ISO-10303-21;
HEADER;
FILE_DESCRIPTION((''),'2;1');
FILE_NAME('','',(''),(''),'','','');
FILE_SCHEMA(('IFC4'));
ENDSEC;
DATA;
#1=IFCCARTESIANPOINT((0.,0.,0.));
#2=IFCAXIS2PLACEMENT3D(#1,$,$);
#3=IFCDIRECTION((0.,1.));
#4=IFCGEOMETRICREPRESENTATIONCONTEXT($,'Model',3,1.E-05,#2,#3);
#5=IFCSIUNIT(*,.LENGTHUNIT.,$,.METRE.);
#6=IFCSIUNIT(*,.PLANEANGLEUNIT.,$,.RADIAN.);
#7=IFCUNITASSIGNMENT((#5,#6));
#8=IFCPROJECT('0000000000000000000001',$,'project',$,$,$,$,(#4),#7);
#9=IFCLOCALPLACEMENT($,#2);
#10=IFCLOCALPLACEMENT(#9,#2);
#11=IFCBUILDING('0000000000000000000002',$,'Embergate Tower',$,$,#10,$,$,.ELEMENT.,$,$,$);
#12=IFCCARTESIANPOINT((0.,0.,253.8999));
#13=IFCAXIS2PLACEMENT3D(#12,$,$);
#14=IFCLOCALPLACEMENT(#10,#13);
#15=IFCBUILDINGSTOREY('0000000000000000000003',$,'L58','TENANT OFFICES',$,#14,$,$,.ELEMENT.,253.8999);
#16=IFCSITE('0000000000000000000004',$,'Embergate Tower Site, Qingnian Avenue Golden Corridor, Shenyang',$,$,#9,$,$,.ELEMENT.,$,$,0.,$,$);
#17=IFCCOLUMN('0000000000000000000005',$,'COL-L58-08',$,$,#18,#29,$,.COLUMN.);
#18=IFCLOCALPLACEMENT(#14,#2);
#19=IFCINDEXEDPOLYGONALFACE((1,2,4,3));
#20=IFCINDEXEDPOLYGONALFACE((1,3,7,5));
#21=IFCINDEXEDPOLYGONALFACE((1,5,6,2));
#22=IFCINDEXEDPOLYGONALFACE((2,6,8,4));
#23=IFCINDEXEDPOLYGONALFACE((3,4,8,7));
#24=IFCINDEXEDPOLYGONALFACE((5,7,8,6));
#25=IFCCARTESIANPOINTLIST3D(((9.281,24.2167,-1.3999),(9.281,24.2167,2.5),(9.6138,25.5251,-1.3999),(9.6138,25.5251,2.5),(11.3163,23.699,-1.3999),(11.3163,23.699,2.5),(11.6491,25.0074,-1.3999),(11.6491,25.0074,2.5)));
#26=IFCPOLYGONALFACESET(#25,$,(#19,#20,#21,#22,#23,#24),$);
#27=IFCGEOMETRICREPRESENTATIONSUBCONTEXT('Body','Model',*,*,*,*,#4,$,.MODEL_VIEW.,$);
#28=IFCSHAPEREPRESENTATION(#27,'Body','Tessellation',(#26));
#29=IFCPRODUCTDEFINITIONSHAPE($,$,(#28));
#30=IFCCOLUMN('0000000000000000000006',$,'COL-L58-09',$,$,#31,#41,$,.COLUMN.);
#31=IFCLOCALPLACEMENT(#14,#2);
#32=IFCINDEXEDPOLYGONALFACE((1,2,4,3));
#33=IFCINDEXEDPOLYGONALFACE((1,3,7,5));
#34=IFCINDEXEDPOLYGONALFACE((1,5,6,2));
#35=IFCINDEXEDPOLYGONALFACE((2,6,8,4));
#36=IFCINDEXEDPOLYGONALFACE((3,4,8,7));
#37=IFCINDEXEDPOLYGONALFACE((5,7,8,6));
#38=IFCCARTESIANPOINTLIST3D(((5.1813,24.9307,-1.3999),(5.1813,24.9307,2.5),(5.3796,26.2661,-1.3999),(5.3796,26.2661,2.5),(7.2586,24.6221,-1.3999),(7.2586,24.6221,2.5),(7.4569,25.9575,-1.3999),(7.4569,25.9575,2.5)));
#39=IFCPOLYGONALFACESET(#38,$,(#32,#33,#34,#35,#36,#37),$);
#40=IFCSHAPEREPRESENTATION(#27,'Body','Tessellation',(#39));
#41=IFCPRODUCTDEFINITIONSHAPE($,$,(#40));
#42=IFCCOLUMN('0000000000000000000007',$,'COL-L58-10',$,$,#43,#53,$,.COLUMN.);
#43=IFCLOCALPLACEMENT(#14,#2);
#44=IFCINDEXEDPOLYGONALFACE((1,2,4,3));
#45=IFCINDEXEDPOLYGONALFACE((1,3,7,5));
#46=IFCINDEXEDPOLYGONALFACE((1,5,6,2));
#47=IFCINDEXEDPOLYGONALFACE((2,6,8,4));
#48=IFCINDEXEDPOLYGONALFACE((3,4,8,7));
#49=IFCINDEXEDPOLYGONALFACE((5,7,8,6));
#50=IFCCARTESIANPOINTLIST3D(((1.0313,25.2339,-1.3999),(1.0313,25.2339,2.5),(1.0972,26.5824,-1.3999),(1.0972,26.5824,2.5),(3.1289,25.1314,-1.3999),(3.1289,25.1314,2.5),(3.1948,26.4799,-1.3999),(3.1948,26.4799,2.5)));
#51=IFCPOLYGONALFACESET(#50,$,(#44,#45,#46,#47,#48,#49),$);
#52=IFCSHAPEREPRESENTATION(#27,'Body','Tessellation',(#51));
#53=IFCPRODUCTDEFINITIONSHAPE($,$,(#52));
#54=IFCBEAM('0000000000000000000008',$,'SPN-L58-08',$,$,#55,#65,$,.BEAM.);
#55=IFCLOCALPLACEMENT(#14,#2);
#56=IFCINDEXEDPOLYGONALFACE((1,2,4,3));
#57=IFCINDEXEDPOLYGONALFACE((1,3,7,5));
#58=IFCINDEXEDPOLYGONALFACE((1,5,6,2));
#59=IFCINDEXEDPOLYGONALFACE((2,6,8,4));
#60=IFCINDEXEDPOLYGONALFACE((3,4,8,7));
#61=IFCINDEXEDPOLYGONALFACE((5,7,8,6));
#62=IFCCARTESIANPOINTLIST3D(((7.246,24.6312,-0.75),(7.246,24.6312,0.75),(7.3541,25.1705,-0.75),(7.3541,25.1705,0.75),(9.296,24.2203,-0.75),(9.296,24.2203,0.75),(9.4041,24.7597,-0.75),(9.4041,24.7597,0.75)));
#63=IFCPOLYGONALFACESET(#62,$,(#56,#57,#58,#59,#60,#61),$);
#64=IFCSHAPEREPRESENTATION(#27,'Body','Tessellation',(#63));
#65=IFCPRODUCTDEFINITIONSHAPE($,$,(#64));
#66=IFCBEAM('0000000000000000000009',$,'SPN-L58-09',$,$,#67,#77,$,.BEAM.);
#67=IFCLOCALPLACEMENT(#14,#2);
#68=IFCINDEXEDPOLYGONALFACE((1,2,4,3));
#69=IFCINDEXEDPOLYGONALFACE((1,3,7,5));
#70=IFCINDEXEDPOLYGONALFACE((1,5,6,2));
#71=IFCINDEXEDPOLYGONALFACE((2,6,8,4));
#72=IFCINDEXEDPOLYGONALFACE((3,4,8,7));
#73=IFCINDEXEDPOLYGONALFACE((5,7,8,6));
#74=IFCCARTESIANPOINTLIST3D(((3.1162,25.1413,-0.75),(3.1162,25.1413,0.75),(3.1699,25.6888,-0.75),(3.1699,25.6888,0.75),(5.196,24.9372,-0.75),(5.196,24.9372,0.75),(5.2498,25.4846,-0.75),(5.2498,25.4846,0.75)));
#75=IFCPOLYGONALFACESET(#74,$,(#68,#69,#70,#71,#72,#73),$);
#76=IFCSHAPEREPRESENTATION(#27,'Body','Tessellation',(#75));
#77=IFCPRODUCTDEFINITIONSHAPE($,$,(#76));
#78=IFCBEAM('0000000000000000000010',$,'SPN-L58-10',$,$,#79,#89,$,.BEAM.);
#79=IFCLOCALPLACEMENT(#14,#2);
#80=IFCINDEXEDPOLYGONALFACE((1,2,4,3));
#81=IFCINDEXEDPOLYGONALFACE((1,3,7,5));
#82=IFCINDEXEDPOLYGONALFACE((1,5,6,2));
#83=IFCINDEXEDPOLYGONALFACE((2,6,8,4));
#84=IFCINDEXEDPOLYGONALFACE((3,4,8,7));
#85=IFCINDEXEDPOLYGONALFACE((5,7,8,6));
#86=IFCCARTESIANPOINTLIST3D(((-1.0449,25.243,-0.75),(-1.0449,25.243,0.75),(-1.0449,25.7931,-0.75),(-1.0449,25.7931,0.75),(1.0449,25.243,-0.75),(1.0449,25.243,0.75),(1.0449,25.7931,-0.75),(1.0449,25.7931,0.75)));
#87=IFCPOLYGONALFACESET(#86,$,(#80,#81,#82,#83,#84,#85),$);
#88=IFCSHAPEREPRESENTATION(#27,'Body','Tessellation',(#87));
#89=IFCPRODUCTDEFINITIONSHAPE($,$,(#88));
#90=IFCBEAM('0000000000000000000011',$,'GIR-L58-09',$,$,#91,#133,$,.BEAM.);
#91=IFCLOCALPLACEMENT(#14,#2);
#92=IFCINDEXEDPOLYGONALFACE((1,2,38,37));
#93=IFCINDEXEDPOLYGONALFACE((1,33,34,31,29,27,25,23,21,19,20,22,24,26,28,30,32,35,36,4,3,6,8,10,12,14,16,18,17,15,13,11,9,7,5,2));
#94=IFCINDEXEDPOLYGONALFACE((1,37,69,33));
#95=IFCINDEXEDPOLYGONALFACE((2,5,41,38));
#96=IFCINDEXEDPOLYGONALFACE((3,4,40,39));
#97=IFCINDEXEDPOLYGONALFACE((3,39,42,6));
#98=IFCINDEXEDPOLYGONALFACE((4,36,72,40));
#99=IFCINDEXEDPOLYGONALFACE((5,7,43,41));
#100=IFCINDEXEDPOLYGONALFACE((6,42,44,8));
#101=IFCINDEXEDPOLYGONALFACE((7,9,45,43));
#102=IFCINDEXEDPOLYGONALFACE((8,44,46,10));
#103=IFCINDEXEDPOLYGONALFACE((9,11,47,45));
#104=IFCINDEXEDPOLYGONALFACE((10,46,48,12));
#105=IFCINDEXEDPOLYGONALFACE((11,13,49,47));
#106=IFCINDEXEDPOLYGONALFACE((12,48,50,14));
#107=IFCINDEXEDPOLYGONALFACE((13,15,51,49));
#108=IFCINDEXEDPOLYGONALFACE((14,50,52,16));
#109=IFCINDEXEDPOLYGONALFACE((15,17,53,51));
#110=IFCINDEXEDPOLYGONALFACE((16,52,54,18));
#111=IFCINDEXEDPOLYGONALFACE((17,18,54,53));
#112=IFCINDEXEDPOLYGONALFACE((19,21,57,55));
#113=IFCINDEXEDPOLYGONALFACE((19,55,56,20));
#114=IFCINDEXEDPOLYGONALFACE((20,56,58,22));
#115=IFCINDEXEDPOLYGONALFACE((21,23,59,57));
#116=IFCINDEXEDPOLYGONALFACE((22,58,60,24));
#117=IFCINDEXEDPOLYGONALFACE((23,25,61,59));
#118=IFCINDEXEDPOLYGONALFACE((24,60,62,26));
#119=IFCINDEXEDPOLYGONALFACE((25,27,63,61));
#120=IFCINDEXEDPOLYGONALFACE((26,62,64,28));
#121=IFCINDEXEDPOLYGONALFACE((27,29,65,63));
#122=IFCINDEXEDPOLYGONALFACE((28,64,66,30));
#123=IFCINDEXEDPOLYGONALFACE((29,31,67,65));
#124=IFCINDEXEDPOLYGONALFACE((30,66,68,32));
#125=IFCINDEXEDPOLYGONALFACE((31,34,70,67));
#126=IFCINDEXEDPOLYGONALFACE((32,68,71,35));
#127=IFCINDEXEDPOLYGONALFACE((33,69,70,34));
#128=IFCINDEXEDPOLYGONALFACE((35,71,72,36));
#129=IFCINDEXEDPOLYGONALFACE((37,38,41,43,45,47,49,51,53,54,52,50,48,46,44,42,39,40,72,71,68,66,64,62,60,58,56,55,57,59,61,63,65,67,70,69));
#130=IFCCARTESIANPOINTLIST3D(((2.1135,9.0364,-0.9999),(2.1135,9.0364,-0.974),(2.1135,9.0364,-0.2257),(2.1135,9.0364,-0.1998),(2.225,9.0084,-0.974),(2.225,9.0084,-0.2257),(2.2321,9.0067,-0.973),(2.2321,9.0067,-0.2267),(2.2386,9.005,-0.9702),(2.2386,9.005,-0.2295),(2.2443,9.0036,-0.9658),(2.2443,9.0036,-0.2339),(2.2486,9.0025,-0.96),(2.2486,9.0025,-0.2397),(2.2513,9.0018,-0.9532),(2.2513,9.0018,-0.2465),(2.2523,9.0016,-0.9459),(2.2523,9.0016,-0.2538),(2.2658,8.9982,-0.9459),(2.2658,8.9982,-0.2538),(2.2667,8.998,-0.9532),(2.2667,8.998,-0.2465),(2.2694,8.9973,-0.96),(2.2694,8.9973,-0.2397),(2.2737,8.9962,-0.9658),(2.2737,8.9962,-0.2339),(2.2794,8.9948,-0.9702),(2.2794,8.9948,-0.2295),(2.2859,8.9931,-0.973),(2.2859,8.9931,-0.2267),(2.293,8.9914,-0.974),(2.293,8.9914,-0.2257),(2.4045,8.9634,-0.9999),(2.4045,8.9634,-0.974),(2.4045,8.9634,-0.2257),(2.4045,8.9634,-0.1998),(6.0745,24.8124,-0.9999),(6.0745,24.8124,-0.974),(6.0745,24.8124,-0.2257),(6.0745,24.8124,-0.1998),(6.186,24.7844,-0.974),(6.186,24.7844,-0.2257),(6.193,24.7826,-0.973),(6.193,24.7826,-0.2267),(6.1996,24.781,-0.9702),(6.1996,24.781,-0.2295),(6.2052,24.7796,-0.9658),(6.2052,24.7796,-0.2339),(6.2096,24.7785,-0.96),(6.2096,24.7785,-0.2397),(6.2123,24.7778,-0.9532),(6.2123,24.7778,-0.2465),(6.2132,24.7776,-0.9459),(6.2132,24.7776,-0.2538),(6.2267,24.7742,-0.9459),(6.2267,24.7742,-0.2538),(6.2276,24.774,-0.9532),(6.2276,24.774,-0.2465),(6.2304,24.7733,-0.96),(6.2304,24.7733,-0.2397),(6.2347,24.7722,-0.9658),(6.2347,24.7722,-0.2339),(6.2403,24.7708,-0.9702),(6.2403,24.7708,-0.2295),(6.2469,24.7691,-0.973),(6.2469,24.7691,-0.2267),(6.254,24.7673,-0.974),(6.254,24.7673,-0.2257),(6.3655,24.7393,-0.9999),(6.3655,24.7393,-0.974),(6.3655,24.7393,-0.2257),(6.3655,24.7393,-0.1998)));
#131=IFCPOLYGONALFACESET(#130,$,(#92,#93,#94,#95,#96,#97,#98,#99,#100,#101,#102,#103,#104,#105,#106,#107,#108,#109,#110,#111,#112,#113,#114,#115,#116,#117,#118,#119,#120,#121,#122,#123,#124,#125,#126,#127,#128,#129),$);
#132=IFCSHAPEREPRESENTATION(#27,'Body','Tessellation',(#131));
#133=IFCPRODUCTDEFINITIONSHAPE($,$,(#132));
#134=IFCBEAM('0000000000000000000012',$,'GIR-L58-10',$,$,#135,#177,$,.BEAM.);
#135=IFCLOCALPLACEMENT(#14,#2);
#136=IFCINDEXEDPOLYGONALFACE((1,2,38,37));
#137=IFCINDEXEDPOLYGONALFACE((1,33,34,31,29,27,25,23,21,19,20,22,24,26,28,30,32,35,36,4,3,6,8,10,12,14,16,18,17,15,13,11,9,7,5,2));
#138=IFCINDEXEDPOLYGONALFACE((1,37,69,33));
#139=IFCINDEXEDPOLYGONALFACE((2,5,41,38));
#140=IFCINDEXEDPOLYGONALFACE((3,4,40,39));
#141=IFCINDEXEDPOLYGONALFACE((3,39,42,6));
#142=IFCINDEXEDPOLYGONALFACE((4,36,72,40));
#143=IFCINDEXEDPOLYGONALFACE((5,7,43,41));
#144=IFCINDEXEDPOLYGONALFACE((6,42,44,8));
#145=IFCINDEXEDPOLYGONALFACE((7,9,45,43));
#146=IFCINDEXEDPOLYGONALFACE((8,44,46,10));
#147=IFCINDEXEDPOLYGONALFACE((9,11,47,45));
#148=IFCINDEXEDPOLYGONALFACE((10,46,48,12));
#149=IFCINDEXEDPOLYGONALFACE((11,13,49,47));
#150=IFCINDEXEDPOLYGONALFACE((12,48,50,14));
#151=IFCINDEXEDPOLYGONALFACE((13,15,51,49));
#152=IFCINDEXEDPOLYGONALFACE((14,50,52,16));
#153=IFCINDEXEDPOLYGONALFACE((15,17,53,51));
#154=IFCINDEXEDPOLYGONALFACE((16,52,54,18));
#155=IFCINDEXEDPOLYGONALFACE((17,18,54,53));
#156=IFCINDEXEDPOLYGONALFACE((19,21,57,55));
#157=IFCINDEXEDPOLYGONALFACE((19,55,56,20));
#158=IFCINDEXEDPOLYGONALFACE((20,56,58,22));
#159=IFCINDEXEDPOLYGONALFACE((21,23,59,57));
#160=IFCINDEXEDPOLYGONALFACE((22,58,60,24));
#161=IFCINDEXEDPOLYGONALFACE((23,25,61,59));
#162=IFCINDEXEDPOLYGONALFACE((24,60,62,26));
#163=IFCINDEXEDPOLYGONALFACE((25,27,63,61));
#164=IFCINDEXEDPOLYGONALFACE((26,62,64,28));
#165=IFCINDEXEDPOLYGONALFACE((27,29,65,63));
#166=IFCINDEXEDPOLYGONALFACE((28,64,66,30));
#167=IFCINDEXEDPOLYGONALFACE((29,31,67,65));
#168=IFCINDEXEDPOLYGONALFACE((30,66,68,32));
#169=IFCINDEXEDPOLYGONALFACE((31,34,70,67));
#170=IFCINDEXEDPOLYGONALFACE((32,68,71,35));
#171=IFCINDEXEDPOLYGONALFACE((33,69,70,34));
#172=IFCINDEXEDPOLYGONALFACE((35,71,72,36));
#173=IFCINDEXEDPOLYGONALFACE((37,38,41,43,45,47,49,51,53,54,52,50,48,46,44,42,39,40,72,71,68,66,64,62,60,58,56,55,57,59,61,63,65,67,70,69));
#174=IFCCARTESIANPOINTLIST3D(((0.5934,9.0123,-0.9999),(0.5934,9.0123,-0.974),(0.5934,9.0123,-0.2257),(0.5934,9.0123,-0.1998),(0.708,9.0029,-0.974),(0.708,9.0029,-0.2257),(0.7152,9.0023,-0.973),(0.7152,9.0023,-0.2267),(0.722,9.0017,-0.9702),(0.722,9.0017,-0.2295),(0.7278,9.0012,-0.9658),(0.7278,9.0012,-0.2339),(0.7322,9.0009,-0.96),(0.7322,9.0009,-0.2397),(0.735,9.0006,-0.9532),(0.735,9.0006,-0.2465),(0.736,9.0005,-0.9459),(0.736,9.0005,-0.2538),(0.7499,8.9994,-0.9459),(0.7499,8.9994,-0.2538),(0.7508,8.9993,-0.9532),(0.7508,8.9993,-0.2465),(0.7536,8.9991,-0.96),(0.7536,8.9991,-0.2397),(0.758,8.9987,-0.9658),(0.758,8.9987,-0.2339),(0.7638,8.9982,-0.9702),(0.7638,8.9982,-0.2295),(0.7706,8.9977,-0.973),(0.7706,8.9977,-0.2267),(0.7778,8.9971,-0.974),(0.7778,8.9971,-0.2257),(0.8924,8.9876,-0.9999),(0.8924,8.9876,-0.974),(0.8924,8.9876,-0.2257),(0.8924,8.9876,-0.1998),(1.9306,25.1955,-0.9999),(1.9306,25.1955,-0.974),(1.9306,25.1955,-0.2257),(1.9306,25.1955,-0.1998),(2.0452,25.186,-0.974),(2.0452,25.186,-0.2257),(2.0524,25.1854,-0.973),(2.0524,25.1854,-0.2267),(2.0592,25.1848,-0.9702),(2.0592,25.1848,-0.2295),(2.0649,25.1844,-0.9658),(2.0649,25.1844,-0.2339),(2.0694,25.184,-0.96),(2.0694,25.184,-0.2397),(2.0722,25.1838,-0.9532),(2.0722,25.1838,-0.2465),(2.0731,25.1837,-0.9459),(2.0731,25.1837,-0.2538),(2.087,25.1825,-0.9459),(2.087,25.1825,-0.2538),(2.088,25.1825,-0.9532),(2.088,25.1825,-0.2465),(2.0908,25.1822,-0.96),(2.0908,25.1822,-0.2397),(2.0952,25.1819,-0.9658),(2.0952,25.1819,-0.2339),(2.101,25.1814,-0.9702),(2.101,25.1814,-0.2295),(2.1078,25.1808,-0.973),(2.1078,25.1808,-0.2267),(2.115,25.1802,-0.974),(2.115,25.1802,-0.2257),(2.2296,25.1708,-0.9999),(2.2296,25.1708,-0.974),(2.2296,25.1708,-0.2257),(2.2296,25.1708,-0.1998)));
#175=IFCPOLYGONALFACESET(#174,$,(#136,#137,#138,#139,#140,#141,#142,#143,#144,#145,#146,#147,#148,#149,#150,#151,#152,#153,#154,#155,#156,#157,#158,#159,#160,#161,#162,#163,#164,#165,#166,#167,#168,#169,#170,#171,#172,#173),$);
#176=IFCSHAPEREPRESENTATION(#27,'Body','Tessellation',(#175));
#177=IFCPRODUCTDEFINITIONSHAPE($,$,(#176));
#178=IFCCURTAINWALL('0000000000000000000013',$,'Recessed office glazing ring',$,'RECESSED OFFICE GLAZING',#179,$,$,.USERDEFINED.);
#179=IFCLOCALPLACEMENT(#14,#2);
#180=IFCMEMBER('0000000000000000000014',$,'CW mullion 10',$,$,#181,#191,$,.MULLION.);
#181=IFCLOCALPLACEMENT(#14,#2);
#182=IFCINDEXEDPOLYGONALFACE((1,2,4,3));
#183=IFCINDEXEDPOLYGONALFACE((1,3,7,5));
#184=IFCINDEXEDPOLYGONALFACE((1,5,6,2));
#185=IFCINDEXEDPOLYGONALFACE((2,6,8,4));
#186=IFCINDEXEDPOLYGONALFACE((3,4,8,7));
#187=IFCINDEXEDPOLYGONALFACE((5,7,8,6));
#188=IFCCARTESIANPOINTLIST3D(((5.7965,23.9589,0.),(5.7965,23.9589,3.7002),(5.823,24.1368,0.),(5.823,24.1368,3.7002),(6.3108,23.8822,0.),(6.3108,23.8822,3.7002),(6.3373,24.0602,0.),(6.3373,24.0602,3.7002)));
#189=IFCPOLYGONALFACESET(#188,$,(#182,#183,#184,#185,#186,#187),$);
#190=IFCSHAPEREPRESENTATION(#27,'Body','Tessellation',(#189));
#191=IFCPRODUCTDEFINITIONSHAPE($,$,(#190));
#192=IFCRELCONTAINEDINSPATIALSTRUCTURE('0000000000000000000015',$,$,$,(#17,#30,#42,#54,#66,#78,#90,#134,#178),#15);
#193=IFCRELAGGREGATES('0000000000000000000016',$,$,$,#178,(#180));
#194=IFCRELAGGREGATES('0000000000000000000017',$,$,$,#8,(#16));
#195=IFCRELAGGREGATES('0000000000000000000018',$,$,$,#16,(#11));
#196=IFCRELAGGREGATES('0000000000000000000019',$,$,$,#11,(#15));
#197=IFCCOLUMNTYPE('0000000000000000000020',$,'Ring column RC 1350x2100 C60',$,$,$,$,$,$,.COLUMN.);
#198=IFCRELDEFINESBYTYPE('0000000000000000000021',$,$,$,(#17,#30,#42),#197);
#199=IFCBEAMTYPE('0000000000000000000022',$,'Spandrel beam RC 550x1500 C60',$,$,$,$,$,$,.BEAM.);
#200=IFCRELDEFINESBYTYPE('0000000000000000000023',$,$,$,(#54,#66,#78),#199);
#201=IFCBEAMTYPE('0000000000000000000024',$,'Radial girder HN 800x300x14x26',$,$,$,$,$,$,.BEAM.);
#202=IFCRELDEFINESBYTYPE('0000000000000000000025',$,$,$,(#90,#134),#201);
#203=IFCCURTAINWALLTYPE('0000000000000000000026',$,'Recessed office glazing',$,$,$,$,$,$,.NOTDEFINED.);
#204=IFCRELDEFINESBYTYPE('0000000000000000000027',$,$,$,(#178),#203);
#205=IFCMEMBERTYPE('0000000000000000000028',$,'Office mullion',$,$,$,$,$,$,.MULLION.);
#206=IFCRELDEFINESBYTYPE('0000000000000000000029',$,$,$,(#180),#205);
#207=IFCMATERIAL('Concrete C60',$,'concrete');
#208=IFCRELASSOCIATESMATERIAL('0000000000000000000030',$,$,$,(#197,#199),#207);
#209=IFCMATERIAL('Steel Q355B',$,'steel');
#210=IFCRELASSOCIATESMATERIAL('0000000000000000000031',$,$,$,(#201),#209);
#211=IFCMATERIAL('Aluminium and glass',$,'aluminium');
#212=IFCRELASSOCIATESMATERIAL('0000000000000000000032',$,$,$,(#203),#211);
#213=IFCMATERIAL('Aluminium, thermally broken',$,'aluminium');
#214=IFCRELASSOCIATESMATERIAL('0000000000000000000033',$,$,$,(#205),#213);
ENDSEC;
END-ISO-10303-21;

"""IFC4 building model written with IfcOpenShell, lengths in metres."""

from ifc_helpers import new_model, si_unit, direction, frame, origin, origin_2d, place, context, subcontext, project, spatial, rectangle, i_section, extrude, source, transform, mapped, material, material_profile, profile_set, type_object, element, aggregate, save


model = new_model("IFC4")

# Units and contexts
model_context = context("Model", 3, precision=1e-05, world=origin(), true_north=direction((0.0, 1.0)))
body_context = subcontext(model_context, "Body", "Model", "MODEL_VIEW")
ifc_project = project(units=[si_unit("LENGTHUNIT", "METRE"), si_unit("PLANEANGLEUNIT", "RADIAN")], contexts=[model_context])

# Site, building, storey
site_placement = place(None, origin())
site = spatial("IfcSite", under=ifc_project, at=site_placement, Name="Embergate Tower Site, Qingnian Avenue Golden Corridor, Shenyang", CompositionType="ELEMENT", RefElevation=0.0)
building_placement = place(site_placement, origin())
building = spatial("IfcBuilding", under=site, at=building_placement, Name="Embergate Tower", CompositionType="ELEMENT")
storey_placement = place(building_placement, frame((0.0, 0.0, 253.8999)))
storey = spatial("IfcBuildingStorey", under=building, at=storey_placement, Name="L58", Description="TENANT OFFICES", CompositionType="ELEMENT", Elevation=253.8999)

# Columns
ifc_material_1 = material(Name="Concrete C60", Category="concrete")
ifc_material_profile_1 = material_profile(ifc_material_1, rectangle(XDim=1.3501, YDim=2.1001, at=origin_2d()), Name="RC 1350x2100")
ifc_profile_set_1 = profile_set([ifc_material_profile_1], Name="Concrete C60")
column_type = type_object("IfcColumnType", Name="Ring column RC 1350x2100 C60", PredefinedType="COLUMN", material=ifc_profile_set_1)
shared_shape_1 = source(origin(), body_context, "Body", "SweptSolid", [
    extrude(rectangle(XDim=1.3501, YDim=2.1001, at=origin_2d()), origin(), (0.0, 0.0, 1.0), 3.8999),
])
for number, where, z_axis, x_axis, name in (
    (1, (10.4651, 24.6121, -1.3999), (0.0, 0.0, 1.0), (0.246509, 0.969141, 0.0), "COL-L58-08"),
    (2, (6.3191, 25.4441, -1.3999), (0.0, 0.0, 1.0), (0.146929, 0.989147, 0.0), "COL-L58-09"),
    (3, (2.113, 25.8569, -1.3999), (0.0, 0.0, 1.0), (0.048815, 0.998808, 0.0), "COL-L58-10"),
):
    element("IfcColumn", number, at=place(storey_placement, frame(where, z_axis=z_axis, x_axis=x_axis)), inside=storey, type_object=column_type, Name=name, PredefinedType="COLUMN", context=body_context, shape_type="MappedRepresentation", body=[
        mapped(shared_shape_1, transform((0.0, 0.0, 0.0))),
    ])

# Beams
ifc_material_profile_2 = material_profile(ifc_material_1, rectangle(XDim=0.55, YDim=1.5, at=origin_2d()), Name="RC 550x1500")
ifc_profile_set_2 = profile_set([ifc_material_profile_2], Name="Concrete C60")
beam_type_1 = type_object("IfcBeamType", Name="Spandrel beam RC 550x1500 C60", PredefinedType="BEAM", material=ifc_profile_set_2)
shared_shape_2 = source(origin(), body_context, "Body", "SweptSolid", [
    extrude(rectangle(XDim=0.55, YDim=1.5, at=origin_2d()), origin(), (0.0, 0.0, 1.0), 2.0908),
])
beam_1_placement = place(storey_placement, frame((9.3501, 24.49, 0.0), z_axis=(-0.9805, 0.19652, 0.0), x_axis=(-0.19652, -0.9805, 0.0)))
element("IfcBeam", 4, at=beam_1_placement, inside=storey, type_object=beam_type_1, Name="SPN-L58-08", PredefinedType="BEAM", context=body_context, shape_type="MappedRepresentation", body=[
    mapped(shared_shape_2, transform((0.0, 0.0, 0.0))),
])
shared_shape_3 = source(origin(), body_context, "Body", "SweptSolid", [
    extrude(rectangle(XDim=0.55, YDim=1.5, at=origin_2d()), origin(), (0.0, 0.0, 1.0), 2.0898),
])
for number, where, z_axis, x_axis, name in (
    (5, (5.2229, 25.2109, 0.0), (-0.995219, 0.097664, 0.0), (-0.097664, -0.995219, 0.0), "SPN-L58-09"),
    (6, (1.0449, 25.5181, 0.0), (-1.0, 0.0, 0.0), (0.0, -1.0, 0.0), "SPN-L58-10"),
):
    element("IfcBeam", number, at=place(storey_placement, frame(where, z_axis=z_axis, x_axis=x_axis)), inside=storey, type_object=beam_type_1, Name=name, PredefinedType="BEAM", context=body_context, shape_type="MappedRepresentation", body=[
        mapped(shared_shape_3, transform((0.0, 0.0, 0.0))),
    ])
ifc_material_2 = material(Name="Steel Q355B", Category="steel")
ifc_material_profile_3 = material_profile(ifc_material_2, i_section(OverallWidth=0.3, OverallDepth=0.8, WebThickness=0.0139, FlangeThickness=0.0259, FilletRadius=0.0281, at=origin_2d()), Name="HN 800x300x14x26")
ifc_profile_set_3 = profile_set([ifc_material_profile_3], Name="Steel Q355 grade B")
beam_type_2 = type_object("IfcBeamType", Name="Radial girder HN 800x300x14x26", PredefinedType="BEAM", material=ifc_profile_set_3)
shared_shape_4 = source(origin(), body_context, "Body", "SweptSolid", [
    extrude(i_section(OverallWidth=0.3, OverallDepth=0.8, WebThickness=0.0139, FlangeThickness=0.0259, FilletRadius=0.0281, at=origin_2d()), origin(), (0.0, 0.0, 1.0), 16.2656),
])
beam_2_placement = place(storey_placement, frame((6.22, 24.7759, -0.5999), z_axis=(-0.243517, -0.969897, 0.0), x_axis=(0.969897, -0.243517, 0.0)))
element("IfcBeam", 7, at=beam_2_placement, inside=storey, type_object=beam_type_2, Name="GIR-L58-09", PredefinedType="BEAM", context=body_context, shape_type="MappedRepresentation", body=[
    mapped(shared_shape_4, transform((0.0, 0.0, 0.0))),
])
shared_shape_5 = source(origin(), body_context, "Body", "SweptSolid", [
    extrude(i_section(OverallWidth=0.3, OverallDepth=0.8, WebThickness=0.0139, FlangeThickness=0.0259, FilletRadius=0.0281, at=origin_2d()), origin(), (0.0, 0.0, 1.0), 16.2383),
])
beam_3_placement = place(storey_placement, frame((2.0801, 25.1831, -0.5999), z_axis=(-0.082346, -0.996604, 0.0), x_axis=(0.996604, -0.082346, 0.0)))
element("IfcBeam", 8, at=beam_3_placement, inside=storey, type_object=beam_type_2, Name="GIR-L58-10", PredefinedType="BEAM", context=body_context, shape_type="MappedRepresentation", body=[
    mapped(shared_shape_5, transform((0.0, 0.0, 0.0))),
])

# Curtain wall, member
ifc_material_3 = material(Name="Aluminium and glass", Category="aluminium")
curtain_wall_type = type_object("IfcCurtainWallType", Name="Recessed office glazing", PredefinedType="NOTDEFINED", material=ifc_material_3)
curtain_wall_placement = place(storey_placement, origin())
curtain_wall = element("IfcCurtainWall", 9, at=curtain_wall_placement, inside=storey, type_object=curtain_wall_type, Name="Recessed office glazing ring", ObjectType="RECESSED OFFICE GLAZING", PredefinedType="USERDEFINED")
ifc_material_4 = material(Name="Aluminium, thermally broken", Category="aluminium")
ifc_material_profile_4 = material_profile(ifc_material_4, rectangle(XDim=0.1799, YDim=0.52, at=origin_2d()), Name="AL 520x180")
ifc_profile_set_4 = profile_set([ifc_material_profile_4], Name="Aluminium, thermally broken")
member_type_1 = type_object("IfcMemberType", Name="Office mullion", PredefinedType="MULLION", material=ifc_profile_set_4)
shared_shape_6 = source(origin(), body_context, "Body", "SweptSolid", [
    extrude(rectangle(XDim=0.1799, YDim=0.52, at=origin_2d()), origin(), (0.0, 0.0, 1.0), 3.7002),
])
member_1_placement = place(storey_placement, frame((6.0669, 24.0095, 0.0), z_axis=(0.0, 0.0, 1.0), x_axis=(-0.147411, -0.989075, 0.0)))
member_1 = element("IfcMember", 10, at=member_1_placement, type_object=member_type_1, Name="CW mullion 10", PredefinedType="MULLION", context=body_context, shape_type="MappedRepresentation", body=[
    mapped(shared_shape_6, transform((0.0, 0.0, 0.0))),
])
aggregate(curtain_wall, [member_1])

save(model, "model.ifc")
